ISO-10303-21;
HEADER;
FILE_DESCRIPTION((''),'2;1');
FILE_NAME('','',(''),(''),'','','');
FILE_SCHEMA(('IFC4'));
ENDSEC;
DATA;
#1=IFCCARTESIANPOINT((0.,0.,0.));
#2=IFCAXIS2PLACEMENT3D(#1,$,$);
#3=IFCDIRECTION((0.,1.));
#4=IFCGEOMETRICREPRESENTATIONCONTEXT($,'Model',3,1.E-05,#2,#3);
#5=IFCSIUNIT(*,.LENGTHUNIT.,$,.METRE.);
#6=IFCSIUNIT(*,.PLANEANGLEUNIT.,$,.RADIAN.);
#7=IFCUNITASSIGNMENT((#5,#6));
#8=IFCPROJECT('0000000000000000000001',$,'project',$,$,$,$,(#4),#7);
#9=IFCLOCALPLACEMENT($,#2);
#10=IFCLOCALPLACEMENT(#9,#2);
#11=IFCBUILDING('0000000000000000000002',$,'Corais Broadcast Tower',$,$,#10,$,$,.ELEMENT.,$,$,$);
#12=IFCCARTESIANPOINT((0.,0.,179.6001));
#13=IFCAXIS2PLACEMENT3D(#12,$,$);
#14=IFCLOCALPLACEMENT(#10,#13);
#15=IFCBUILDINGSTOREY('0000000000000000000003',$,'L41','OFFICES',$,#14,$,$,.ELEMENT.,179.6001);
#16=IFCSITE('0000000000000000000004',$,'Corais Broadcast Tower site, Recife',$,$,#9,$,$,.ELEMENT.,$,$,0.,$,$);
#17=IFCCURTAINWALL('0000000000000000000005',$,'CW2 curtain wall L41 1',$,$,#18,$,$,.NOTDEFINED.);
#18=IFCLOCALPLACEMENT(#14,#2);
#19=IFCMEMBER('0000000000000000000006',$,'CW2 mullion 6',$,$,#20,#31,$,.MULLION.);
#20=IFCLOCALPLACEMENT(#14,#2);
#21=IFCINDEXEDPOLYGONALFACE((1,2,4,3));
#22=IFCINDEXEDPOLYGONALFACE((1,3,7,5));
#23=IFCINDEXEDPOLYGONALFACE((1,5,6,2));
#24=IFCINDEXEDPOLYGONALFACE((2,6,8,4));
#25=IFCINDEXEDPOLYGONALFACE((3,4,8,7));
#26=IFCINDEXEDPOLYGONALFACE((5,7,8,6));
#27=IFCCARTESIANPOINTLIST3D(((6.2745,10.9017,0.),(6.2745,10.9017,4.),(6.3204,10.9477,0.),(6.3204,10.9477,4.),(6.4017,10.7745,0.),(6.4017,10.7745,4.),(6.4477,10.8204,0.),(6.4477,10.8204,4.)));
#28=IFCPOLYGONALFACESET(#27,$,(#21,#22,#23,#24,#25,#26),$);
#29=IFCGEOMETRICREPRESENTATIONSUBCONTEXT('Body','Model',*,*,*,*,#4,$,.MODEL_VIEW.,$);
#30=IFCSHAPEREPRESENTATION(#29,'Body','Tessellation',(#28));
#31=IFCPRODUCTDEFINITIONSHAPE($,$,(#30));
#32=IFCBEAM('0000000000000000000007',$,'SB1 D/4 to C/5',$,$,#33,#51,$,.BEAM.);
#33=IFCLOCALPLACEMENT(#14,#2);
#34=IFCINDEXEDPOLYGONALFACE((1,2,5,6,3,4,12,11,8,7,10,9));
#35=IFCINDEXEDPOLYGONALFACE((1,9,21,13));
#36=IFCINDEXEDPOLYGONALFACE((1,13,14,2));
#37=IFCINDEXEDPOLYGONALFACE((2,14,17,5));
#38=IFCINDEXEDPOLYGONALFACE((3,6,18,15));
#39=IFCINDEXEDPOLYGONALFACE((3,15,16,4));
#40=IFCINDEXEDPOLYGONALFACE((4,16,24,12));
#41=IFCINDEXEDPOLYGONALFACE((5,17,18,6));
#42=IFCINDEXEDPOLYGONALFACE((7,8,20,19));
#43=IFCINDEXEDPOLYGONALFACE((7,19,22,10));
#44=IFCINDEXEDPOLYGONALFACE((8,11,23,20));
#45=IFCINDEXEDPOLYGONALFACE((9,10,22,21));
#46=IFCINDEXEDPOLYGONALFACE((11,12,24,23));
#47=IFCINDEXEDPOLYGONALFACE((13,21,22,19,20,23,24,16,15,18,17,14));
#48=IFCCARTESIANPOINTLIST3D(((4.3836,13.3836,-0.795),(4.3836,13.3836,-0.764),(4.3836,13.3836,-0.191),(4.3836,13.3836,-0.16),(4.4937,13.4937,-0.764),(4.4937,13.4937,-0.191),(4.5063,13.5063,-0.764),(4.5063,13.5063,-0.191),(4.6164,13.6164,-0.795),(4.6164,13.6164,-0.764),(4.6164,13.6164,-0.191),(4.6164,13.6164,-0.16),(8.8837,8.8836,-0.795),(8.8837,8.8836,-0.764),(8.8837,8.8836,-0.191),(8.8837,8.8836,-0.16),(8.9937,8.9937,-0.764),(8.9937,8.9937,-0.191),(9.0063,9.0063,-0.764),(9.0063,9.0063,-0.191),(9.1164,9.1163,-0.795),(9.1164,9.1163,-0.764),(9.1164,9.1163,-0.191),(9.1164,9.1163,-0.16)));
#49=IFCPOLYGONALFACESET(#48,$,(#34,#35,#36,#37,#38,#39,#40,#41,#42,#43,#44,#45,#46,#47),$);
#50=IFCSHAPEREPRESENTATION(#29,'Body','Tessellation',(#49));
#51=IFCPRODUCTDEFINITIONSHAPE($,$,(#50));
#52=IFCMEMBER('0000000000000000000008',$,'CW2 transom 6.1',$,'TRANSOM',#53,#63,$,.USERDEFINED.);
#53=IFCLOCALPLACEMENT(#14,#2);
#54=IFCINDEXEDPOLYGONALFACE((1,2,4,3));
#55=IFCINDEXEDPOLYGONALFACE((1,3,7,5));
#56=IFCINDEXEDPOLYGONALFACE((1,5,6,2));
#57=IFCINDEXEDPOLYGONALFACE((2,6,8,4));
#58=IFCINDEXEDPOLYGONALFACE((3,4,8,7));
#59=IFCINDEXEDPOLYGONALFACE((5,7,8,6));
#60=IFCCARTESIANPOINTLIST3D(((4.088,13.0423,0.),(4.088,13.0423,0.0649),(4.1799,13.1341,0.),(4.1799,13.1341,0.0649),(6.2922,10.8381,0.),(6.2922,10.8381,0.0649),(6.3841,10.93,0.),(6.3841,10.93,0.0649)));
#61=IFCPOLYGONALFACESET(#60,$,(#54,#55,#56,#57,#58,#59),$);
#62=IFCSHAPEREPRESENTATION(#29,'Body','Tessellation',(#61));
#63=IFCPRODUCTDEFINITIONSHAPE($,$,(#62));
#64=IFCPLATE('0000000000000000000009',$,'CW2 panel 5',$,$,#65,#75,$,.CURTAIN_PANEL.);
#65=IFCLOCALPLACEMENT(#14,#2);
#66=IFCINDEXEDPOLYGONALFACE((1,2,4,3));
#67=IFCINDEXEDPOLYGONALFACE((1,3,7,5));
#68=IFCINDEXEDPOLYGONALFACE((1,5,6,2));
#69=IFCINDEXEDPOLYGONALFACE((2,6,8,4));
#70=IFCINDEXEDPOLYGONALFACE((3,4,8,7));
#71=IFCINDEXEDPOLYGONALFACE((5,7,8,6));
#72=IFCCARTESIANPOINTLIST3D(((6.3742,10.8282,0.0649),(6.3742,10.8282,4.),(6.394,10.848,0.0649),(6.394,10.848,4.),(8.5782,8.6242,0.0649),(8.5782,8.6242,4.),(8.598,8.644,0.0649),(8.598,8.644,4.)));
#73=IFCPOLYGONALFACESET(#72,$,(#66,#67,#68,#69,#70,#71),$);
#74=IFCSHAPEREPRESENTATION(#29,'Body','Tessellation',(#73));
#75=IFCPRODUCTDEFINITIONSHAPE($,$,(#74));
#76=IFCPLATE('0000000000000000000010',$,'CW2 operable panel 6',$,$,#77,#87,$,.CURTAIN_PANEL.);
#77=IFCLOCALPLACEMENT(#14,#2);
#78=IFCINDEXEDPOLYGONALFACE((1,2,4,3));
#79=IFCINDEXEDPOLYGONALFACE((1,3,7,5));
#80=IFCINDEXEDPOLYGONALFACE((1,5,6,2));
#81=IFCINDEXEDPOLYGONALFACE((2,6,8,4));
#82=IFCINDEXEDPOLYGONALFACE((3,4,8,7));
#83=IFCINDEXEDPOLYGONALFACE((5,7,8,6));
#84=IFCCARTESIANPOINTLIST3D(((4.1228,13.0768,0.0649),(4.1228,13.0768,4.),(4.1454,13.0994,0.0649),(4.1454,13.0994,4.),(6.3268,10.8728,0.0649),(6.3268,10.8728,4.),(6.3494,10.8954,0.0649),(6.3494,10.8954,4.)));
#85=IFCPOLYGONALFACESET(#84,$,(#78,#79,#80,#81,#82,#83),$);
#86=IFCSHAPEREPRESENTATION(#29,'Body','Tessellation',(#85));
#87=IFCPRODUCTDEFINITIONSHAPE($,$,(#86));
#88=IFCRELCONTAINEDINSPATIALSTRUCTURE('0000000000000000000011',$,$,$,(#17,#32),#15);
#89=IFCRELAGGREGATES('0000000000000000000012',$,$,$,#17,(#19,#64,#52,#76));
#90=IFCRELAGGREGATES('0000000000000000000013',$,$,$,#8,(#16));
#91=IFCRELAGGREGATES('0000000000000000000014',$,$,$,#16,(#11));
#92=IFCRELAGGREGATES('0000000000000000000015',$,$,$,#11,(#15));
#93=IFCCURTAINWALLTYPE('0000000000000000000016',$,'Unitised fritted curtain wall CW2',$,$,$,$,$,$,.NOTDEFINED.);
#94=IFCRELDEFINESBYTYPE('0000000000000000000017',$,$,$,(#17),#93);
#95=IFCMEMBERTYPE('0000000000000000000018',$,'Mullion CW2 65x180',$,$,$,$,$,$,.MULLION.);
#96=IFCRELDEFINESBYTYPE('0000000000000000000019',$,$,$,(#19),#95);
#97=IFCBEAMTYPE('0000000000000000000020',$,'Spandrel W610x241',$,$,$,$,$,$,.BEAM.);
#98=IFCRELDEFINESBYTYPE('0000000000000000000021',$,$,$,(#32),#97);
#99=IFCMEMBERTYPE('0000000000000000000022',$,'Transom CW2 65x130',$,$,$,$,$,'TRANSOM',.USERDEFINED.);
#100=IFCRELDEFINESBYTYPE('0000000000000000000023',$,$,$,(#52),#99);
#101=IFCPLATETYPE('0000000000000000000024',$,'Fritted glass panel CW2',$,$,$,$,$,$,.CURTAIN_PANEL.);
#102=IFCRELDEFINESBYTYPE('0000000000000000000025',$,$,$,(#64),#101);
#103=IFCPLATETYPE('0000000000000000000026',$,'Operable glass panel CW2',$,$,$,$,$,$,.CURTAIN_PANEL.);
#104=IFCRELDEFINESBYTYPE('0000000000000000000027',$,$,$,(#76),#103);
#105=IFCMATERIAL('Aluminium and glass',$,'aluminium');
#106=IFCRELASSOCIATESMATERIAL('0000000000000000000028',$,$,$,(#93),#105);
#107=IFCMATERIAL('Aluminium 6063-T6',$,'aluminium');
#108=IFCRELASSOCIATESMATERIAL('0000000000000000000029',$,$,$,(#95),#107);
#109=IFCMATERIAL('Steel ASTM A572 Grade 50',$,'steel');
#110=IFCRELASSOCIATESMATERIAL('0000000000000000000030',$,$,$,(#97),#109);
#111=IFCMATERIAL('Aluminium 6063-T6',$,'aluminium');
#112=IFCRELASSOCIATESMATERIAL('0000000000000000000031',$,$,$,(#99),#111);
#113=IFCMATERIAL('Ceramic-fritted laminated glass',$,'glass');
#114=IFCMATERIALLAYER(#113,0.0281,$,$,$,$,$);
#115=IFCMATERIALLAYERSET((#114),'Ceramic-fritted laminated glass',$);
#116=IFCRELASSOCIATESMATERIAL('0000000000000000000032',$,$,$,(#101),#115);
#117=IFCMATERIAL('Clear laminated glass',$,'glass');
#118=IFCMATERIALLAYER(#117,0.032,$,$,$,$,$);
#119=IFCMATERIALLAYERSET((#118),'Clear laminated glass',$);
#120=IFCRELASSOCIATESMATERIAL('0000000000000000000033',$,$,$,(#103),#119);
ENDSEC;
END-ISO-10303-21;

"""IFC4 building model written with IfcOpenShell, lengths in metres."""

from ifc_helpers import new_model, si_unit, direction, frame, origin, origin_2d, place, context, subcontext, project, spatial, rectangle, i_section, extrude, material, layer, layer_set, material_profile, profile_set, type_object, element, aggregate, save


model = new_model("IFC4")

# Units and contexts
model_context = context("Model", 3, precision=1e-05, world=origin(), true_north=direction((0.0, 1.0)))
body_context = subcontext(model_context, "Body", "Model", "MODEL_VIEW")
ifc_project = project(units=[si_unit("LENGTHUNIT", "METRE"), si_unit("PLANEANGLEUNIT", "RADIAN")], contexts=[model_context])

# Site, building, storey
site_placement = place(None, origin())
site = spatial("IfcSite", under=ifc_project, at=site_placement, Name="Corais Broadcast Tower site, Recife", CompositionType="ELEMENT", RefElevation=0.0)
building_placement = place(site_placement, origin())
building = spatial("IfcBuilding", under=site, at=building_placement, Name="Corais Broadcast Tower", CompositionType="ELEMENT")
storey_placement = place(building_placement, frame((0.0, 0.0, 179.6001)))
storey = spatial("IfcBuildingStorey", under=building, at=storey_placement, Name="L41", Description="OFFICES", CompositionType="ELEMENT", Elevation=179.6001)

# Curtain wall, member
ifc_material_1 = material(Name="Aluminium and glass", Category="aluminium")
curtain_wall_type = type_object("IfcCurtainWallType", Name="Unitised fritted curtain wall CW2", PredefinedType="NOTDEFINED", material=ifc_material_1)
curtain_wall_placement = place(storey_placement, origin())
curtain_wall = element("IfcCurtainWall", 1, at=curtain_wall_placement, inside=storey, type_object=curtain_wall_type, Name="CW2 curtain wall L41 1", PredefinedType="NOTDEFINED")
ifc_material_2 = material(Name="Aluminium 6063-T6", Category="aluminium")
ifc_material_profile_1 = material_profile(ifc_material_2, rectangle(XDim=0.0649, YDim=0.1799, at=origin_2d()), Name="Mullion CW2 65x180")
ifc_profile_set_1 = profile_set([ifc_material_profile_1], Name="Aluminium 6063-T6")
member_type_1 = type_object("IfcMemberType", Name="Mullion CW2 65x180", PredefinedType="MULLION", material=ifc_profile_set_1)
member_1_placement = place(storey_placement, frame((6.3611, 10.8611, 0.0), z_axis=(0.0, 0.0, 1.0), x_axis=(-0.707107, -0.707107, 0.0)))
member_1 = element("IfcMember", 2, at=member_1_placement, type_object=member_type_1, Name="CW2 mullion 6", PredefinedType="MULLION", context=body_context, shape_type="SweptSolid", body=[
    extrude(rectangle(XDim=0.0649, YDim=0.1799, at=origin_2d()), origin(), (0.0, 0.0, 1.0), 4.0),
])

# Beam
ifc_material_3 = material(Name="Steel ASTM A572 Grade 50", Category="steel")
ifc_material_profile_2 = material_profile(ifc_material_3, i_section(OverallWidth=0.3291, OverallDepth=0.635, WebThickness=0.0178, FlangeThickness=0.031, at=origin_2d()), Name="W610x241")
ifc_profile_set_2 = profile_set([ifc_material_profile_2], Name="Steel ASTM A572 Grade 50")
beam_type = type_object("IfcBeamType", Name="Spandrel W610x241", PredefinedType="BEAM", material=ifc_profile_set_2)
beam_placement = place(storey_placement, frame((4.5, 13.5, -0.4775), z_axis=(0.707107, -0.707107, 0.0), x_axis=(0.707107, 0.707107, 0.0)))
element("IfcBeam", 3, at=beam_placement, inside=storey, type_object=beam_type, Name="SB1 D/4 to C/5", PredefinedType="BEAM", context=body_context, shape_type="SweptSolid", body=[
    extrude(i_section(OverallWidth=0.3291, OverallDepth=0.635, WebThickness=0.0178, FlangeThickness=0.031, at=origin_2d()), origin(), (0.0, 0.0, 1.0), 6.364),
])

# Member
ifc_material_4 = material(Name="Aluminium 6063-T6", Category="aluminium")
ifc_material_profile_3 = material_profile(ifc_material_4, rectangle(XDim=0.1299, YDim=0.0649, at=origin_2d()), Name="Transom CW2 65x130")
ifc_profile_set_3 = profile_set([ifc_material_profile_3], Name="Aluminium 6063-T6")
member_type_2 = type_object("IfcMemberType", Name="Transom CW2 65x130", ElementType="TRANSOM", PredefinedType="USERDEFINED", material=ifc_profile_set_3)
member_2_placement = place(storey_placement, frame((6.3381, 10.884, 0.0325), z_axis=(-0.707107, 0.707107, 0.0), x_axis=(-0.707107, -0.707107, 0.0)))
member_2 = element("IfcMember", 4, at=member_2_placement, type_object=member_type_2, Name="CW2 transom 6.1", ObjectType="TRANSOM", PredefinedType="USERDEFINED", context=body_context, shape_type="SweptSolid", body=[
    extrude(rectangle(XDim=0.1299, YDim=0.0649, at=origin_2d()), origin(), (0.0, 0.0, 1.0), 3.1172),
])

# Plates
ifc_material_5 = material(Name="Ceramic-fritted laminated glass", Category="glass")
ifc_layer_1 = layer(ifc_material_5, 0.0281)
ifc_layer_set_1 = layer_set([ifc_layer_1], Name="Ceramic-fritted laminated glass")
plate_type_1 = type_object("IfcPlateType", Name="Fritted glass panel CW2", PredefinedType="CURTAIN_PANEL", material=ifc_layer_set_1)
plate_1_placement = place(storey_placement, frame((7.4861, 9.7361, 0.0649), z_axis=(0.0, 0.0, 1.0), x_axis=(-0.707107, 0.707107, 0.0)))
plate_1 = element("IfcPlate", 5, at=plate_1_placement, type_object=plate_type_1, Name="CW2 panel 5", PredefinedType="CURTAIN_PANEL", context=body_context, shape_type="SweptSolid", body=[
    extrude(rectangle(XDim=3.1169, YDim=0.0281, at=origin_2d()), origin(), (0.0, 0.0, 1.0), 3.9351),
])
ifc_material_6 = material(Name="Clear laminated glass", Category="glass")
ifc_layer_2 = layer(ifc_material_6, 0.032)
ifc_layer_set_2 = layer_set([ifc_layer_2], Name="Clear laminated glass")
plate_type_2 = type_object("IfcPlateType", Name="Operable glass panel CW2", PredefinedType="CURTAIN_PANEL", material=ifc_layer_set_2)
plate_2_placement = place(storey_placement, frame((5.2361, 11.9861, 0.0649), z_axis=(0.0, 0.0, 1.0), x_axis=(-0.707107, 0.707107, 0.0)))
plate_2 = element("IfcPlate", 6, at=plate_2_placement, type_object=plate_type_2, Name="CW2 operable panel 6", PredefinedType="CURTAIN_PANEL", context=body_context, shape_type="SweptSolid", body=[
    extrude(rectangle(XDim=3.1169, YDim=0.032, at=origin_2d()), origin(), (0.0, 0.0, 1.0), 3.9351),
])
aggregate(curtain_wall, [member_1, plate_1, member_2, plate_2])

save(model, "model.ifc")
